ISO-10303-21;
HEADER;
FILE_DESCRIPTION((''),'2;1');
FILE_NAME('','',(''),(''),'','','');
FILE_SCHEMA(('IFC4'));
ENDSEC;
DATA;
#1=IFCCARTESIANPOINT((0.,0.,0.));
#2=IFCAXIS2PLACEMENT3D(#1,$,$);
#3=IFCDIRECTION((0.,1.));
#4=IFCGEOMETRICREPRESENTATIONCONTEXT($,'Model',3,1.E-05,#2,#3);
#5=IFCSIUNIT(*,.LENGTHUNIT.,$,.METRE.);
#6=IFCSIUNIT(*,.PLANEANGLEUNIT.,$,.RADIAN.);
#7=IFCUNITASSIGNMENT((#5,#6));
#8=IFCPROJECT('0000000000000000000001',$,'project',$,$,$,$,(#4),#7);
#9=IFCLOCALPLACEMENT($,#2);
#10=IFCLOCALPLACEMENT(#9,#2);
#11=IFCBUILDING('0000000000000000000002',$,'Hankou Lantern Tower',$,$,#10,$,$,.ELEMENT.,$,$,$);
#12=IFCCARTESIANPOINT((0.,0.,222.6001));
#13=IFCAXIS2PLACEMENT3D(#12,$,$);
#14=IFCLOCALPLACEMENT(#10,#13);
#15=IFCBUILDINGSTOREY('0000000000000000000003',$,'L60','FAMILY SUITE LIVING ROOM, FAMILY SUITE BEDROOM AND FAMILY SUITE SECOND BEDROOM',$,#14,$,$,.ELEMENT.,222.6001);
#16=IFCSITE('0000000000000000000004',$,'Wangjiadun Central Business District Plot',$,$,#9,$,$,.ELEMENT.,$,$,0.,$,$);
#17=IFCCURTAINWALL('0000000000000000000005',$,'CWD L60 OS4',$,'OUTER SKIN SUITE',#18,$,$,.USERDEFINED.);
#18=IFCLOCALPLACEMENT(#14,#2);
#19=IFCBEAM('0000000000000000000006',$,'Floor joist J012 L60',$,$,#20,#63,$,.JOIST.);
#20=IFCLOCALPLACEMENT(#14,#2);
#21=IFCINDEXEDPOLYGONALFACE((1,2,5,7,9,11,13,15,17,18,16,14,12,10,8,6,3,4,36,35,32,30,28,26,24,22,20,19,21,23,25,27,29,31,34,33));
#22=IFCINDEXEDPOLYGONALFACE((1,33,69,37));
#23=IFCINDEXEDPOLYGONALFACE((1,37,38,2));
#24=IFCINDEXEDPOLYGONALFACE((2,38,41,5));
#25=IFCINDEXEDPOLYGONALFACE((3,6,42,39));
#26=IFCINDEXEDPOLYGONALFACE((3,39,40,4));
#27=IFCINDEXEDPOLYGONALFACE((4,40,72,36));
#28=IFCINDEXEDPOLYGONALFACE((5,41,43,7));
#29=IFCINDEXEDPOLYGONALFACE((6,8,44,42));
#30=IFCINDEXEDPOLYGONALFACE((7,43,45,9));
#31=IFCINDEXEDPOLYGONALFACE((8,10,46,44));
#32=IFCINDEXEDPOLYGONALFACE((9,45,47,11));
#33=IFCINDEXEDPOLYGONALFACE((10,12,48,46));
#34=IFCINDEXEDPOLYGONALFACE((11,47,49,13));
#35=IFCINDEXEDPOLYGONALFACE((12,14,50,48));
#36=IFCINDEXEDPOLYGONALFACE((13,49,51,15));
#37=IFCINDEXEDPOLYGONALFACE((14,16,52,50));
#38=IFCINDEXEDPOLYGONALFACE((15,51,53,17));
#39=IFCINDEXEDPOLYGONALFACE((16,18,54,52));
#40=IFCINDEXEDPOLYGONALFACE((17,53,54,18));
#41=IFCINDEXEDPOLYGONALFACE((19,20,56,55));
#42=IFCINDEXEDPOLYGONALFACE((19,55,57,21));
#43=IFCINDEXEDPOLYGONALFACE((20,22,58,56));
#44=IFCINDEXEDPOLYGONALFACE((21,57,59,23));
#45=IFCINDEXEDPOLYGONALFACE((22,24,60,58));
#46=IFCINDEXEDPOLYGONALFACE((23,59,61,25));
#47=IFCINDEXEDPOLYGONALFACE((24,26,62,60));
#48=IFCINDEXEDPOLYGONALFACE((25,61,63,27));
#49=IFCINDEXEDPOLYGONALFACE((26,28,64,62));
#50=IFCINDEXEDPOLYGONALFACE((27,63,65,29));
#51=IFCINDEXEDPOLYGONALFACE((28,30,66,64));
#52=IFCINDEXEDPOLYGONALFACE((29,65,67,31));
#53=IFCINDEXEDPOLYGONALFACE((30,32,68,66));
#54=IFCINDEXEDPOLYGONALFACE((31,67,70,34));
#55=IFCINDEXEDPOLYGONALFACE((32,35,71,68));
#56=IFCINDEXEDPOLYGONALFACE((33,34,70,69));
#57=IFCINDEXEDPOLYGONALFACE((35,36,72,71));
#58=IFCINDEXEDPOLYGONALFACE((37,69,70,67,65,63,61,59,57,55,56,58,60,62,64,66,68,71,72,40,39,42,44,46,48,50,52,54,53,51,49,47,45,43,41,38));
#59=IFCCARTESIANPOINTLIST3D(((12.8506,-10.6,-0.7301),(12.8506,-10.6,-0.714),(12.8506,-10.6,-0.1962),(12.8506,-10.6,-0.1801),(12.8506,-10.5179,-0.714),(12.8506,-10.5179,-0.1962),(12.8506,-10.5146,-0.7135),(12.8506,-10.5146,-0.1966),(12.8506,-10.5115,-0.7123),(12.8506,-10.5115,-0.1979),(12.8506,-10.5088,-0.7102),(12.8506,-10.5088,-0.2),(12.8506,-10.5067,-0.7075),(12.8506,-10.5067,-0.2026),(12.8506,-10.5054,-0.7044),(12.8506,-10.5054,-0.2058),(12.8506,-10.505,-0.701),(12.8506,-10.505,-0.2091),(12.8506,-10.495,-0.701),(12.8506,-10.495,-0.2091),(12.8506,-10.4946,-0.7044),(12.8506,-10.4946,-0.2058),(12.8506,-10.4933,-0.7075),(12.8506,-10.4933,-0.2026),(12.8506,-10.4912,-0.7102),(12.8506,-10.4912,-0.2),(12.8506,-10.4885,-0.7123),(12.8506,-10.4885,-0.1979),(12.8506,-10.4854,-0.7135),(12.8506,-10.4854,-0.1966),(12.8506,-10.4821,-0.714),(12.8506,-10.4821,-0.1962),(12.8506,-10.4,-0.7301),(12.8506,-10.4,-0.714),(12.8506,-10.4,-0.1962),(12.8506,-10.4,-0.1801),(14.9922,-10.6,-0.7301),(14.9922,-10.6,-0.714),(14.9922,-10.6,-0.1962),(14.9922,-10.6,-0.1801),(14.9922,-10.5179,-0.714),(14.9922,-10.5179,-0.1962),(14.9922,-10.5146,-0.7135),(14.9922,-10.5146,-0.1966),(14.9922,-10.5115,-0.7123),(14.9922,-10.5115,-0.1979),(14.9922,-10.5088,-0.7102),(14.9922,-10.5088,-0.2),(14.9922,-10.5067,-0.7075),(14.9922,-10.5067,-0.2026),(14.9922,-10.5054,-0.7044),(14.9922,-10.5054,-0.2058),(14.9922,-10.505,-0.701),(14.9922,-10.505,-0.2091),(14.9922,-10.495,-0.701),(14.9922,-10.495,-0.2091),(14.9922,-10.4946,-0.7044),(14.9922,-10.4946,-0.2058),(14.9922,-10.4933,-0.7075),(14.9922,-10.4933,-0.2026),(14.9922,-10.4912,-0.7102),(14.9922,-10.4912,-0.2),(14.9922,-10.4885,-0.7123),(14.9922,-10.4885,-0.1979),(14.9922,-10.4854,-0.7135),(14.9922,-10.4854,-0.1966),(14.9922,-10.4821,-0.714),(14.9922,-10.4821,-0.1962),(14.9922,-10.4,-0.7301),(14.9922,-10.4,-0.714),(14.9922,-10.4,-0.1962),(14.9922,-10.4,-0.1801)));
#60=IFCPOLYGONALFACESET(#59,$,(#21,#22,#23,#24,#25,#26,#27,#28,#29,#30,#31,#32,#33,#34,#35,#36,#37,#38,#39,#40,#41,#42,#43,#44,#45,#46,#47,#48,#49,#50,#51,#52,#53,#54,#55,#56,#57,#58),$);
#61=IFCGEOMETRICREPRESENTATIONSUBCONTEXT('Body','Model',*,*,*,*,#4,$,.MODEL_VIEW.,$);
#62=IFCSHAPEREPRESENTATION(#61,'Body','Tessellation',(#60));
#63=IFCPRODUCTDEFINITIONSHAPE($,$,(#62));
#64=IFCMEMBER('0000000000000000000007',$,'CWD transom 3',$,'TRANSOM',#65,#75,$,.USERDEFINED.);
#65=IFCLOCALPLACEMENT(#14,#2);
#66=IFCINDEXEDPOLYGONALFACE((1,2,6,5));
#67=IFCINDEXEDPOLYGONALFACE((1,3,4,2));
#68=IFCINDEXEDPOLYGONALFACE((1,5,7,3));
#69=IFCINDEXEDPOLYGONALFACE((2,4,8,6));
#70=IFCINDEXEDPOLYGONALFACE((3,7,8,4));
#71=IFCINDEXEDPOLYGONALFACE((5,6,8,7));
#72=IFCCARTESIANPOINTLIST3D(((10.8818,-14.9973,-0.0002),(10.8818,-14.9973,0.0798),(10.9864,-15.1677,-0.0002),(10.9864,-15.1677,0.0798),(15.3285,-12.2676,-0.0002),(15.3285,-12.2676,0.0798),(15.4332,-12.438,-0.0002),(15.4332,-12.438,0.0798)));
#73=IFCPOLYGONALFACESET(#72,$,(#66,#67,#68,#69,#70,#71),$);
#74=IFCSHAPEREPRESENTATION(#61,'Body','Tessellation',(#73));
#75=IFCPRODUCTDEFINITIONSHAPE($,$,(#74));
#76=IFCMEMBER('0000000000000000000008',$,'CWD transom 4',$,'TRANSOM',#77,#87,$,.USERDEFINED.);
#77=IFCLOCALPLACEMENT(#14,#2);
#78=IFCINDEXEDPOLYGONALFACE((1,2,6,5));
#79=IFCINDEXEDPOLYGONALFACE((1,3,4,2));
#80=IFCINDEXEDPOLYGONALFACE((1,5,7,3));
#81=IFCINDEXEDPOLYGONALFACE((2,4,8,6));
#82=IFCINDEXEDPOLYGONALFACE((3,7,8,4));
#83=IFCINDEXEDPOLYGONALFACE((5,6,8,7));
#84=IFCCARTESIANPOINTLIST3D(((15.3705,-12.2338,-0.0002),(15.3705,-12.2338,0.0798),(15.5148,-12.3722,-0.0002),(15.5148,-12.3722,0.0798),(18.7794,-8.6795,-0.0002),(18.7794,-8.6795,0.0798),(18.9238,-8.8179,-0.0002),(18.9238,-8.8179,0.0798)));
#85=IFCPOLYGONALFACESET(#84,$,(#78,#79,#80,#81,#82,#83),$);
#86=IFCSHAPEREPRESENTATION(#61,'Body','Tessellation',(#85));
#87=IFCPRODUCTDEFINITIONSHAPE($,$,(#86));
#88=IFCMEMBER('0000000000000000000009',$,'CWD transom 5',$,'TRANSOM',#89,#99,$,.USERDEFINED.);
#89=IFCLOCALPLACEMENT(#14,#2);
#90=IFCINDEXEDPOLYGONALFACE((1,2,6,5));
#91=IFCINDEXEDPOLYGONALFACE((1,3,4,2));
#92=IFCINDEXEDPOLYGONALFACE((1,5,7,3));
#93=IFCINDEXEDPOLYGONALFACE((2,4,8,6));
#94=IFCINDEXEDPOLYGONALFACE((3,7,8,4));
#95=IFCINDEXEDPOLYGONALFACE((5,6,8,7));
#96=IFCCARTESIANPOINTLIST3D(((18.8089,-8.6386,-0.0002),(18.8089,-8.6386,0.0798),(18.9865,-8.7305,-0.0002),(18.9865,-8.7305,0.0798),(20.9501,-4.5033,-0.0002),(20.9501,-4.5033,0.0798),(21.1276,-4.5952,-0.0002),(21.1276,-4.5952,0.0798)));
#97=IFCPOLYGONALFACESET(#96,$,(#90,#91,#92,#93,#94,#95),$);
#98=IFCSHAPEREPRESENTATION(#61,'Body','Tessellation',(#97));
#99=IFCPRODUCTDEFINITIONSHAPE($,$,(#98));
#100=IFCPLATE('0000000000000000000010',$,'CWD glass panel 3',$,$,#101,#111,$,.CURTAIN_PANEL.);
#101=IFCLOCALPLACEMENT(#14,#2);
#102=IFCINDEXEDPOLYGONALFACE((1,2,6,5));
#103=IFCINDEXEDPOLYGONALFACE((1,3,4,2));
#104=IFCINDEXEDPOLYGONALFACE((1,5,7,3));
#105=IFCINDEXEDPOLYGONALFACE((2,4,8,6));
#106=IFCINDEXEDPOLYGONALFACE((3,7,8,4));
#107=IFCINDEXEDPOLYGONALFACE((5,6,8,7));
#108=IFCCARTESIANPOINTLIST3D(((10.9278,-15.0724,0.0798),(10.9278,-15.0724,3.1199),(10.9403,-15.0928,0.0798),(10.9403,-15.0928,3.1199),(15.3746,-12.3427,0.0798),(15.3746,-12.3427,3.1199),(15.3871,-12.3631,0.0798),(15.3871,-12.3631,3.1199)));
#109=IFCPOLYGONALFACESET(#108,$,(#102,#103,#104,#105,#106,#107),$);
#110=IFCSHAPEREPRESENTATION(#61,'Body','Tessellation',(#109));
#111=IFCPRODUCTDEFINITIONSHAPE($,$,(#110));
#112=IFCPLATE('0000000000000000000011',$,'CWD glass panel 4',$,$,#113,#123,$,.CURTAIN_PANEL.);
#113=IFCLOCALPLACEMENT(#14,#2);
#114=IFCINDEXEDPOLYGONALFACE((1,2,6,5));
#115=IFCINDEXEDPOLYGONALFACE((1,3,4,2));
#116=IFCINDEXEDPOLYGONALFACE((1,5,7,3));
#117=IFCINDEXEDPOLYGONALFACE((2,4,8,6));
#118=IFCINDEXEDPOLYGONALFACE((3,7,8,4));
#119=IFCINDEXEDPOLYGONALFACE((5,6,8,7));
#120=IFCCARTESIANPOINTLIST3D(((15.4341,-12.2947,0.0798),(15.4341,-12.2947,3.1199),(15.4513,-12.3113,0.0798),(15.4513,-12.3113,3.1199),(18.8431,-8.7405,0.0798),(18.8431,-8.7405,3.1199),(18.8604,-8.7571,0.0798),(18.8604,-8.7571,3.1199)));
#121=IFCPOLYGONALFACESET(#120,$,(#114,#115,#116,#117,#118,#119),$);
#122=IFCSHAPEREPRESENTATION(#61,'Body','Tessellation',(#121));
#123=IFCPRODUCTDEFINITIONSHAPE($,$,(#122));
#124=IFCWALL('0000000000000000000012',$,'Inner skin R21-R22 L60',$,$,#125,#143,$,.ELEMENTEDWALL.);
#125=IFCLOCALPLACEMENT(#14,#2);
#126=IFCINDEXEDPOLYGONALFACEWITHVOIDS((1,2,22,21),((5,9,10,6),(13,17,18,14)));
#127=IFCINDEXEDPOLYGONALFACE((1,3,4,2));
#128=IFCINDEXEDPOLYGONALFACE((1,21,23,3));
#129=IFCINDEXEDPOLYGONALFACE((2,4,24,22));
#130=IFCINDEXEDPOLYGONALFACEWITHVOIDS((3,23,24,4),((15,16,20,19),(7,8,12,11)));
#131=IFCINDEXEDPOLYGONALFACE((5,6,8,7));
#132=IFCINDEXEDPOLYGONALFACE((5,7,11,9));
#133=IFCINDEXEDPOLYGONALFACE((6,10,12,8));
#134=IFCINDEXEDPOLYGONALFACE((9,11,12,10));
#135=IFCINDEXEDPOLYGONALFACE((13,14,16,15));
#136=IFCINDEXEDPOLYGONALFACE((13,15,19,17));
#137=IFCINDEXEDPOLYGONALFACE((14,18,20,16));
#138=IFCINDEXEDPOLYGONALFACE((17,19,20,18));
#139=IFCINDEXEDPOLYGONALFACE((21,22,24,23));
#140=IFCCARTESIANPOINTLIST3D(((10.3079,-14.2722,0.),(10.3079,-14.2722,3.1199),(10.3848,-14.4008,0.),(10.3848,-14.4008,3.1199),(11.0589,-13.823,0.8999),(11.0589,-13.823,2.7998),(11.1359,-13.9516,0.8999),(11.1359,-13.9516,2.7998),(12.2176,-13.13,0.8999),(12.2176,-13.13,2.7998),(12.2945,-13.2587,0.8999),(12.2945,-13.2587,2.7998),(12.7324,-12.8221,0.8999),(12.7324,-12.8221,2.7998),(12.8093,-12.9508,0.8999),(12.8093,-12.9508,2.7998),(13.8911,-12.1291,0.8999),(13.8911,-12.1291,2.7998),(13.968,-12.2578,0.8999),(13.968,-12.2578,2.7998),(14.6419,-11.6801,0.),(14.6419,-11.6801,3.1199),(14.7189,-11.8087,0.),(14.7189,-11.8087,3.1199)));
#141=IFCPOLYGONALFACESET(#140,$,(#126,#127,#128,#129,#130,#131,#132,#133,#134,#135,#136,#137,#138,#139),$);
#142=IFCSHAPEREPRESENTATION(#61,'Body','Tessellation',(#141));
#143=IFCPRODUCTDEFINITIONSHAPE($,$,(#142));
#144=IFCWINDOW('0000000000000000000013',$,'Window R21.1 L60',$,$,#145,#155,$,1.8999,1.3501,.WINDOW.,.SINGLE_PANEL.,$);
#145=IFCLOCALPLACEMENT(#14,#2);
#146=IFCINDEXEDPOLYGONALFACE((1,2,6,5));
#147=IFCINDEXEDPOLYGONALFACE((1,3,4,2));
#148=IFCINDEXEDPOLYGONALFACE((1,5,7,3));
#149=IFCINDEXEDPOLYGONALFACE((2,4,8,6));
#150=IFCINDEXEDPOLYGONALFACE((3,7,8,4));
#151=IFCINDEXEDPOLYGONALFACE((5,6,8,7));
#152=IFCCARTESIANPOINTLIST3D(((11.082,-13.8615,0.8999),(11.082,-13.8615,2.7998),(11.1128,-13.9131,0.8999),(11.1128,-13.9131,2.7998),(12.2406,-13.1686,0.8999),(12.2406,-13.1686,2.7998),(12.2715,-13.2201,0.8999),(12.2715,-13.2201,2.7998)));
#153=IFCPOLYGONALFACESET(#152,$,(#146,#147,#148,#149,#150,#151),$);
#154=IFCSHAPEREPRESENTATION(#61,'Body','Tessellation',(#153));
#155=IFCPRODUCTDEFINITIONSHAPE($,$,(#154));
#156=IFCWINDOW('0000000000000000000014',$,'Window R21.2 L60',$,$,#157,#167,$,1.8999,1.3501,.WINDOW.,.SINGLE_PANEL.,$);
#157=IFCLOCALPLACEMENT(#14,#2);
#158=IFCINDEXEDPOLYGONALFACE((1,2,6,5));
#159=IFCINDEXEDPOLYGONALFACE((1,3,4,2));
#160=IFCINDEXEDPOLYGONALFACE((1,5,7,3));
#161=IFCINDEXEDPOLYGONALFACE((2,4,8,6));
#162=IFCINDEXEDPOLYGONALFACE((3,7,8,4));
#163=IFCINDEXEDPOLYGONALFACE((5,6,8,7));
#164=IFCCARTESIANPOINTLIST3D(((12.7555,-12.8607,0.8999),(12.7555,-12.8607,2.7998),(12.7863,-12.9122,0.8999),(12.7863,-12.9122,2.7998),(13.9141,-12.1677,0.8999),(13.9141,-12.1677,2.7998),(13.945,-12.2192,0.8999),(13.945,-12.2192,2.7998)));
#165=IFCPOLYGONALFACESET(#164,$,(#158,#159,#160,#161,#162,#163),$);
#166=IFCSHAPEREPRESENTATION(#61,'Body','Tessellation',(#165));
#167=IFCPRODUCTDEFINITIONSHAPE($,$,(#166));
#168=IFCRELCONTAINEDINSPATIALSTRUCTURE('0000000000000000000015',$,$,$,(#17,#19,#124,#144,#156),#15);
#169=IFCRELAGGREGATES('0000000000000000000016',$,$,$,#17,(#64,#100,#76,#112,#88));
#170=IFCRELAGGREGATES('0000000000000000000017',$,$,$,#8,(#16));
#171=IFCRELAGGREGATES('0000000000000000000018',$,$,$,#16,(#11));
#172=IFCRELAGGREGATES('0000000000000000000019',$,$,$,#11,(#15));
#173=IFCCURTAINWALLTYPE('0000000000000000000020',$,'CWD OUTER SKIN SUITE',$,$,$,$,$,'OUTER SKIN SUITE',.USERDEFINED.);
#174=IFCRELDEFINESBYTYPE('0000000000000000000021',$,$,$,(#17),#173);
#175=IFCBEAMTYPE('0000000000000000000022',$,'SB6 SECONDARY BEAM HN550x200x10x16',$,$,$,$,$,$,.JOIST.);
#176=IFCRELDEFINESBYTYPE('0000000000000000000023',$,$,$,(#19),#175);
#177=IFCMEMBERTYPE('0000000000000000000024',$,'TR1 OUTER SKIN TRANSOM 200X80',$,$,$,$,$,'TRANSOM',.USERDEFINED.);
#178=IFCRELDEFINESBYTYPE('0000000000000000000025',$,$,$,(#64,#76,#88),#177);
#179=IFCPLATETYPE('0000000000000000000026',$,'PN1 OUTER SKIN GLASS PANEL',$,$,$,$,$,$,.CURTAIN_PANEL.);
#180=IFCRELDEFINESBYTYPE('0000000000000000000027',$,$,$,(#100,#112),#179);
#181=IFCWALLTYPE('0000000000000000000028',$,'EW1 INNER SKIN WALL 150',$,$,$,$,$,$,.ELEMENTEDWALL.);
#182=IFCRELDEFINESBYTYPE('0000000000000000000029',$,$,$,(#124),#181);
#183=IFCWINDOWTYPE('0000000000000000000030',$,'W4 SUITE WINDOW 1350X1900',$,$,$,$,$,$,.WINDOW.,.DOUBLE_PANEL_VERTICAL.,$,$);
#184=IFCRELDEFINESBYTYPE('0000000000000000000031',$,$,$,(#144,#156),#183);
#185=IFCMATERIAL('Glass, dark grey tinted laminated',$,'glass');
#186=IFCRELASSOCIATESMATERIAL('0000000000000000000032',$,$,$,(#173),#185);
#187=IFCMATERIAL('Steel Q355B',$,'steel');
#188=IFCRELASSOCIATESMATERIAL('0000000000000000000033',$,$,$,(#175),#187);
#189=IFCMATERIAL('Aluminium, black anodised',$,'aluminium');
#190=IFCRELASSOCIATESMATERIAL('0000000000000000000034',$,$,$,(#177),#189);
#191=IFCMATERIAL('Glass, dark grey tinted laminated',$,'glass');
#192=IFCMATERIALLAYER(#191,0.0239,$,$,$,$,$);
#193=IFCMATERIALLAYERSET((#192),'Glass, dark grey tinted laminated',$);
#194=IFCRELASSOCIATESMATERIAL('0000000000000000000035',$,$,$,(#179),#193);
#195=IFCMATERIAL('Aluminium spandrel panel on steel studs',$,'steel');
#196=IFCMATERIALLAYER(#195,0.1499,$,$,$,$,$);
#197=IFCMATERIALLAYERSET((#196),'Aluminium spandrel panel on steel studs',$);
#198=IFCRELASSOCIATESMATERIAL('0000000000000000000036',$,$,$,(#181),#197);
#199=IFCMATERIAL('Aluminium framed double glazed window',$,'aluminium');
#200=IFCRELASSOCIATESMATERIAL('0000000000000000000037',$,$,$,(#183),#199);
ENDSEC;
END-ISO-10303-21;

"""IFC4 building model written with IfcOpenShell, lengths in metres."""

from ifc_helpers import new_model, si_unit, direction, frame, frame_2d, origin, origin_2d, place, context, subcontext, project, spatial, rectangle, i_section, extrude, material, layer, layer_set, material_profile, profile_set, type_object, element, fill, aggregate, save


model = new_model("IFC4")

# Units and contexts
model_context = context("Model", 3, precision=1e-05, world=origin(), true_north=direction((0.0, 1.0)))
body_context = subcontext(model_context, "Body", "Model", "MODEL_VIEW")
ifc_project = project(units=[si_unit("LENGTHUNIT", "METRE"), si_unit("PLANEANGLEUNIT", "RADIAN")], contexts=[model_context])

# Site, building, storey
site_placement = place(None, origin())
site = spatial("IfcSite", under=ifc_project, at=site_placement, Name="Wangjiadun Central Business District Plot", CompositionType="ELEMENT", RefElevation=0.0)
building_placement = place(site_placement, origin())
building = spatial("IfcBuilding", under=site, at=building_placement, Name="Hankou Lantern Tower", CompositionType="ELEMENT")
storey_placement = place(building_placement, frame((0.0, 0.0, 222.6001)))
storey = spatial("IfcBuildingStorey", under=building, at=storey_placement, Name="L60", Description="FAMILY SUITE LIVING ROOM, FAMILY SUITE BEDROOM AND FAMILY SUITE SECOND BEDROOM", CompositionType="ELEMENT", Elevation=222.6001)

# Curtain wall
ifc_material_1 = material(Name="Glass, dark grey tinted laminated", Category="glass")
curtain_wall_type = type_object("IfcCurtainWallType", Name="CWD OUTER SKIN SUITE", ElementType="OUTER SKIN SUITE", PredefinedType="USERDEFINED", material=ifc_material_1)
curtain_wall_placement = place(storey_placement, origin())
curtain_wall = element("IfcCurtainWall", 1, at=curtain_wall_placement, inside=storey, type_object=curtain_wall_type, Name="CWD L60 OS4", ObjectType="OUTER SKIN SUITE", PredefinedType="USERDEFINED")

# Beam
ifc_material_2 = material(Name="Steel Q355B", Category="steel")
ifc_material_profile_1 = material_profile(ifc_material_2, i_section(OverallWidth=0.2, OverallDepth=0.55, WebThickness=0.01, FlangeThickness=0.0161, FilletRadius=0.0129, at=origin_2d()), Name="HN550x200x10x16")
ifc_profile_set_1 = profile_set([ifc_material_profile_1], Name="Steel Q355B")
beam_type_1 = type_object("IfcBeamType", Name="SB6 SECONDARY BEAM HN550x200x10x16", PredefinedType="JOIST", material=ifc_profile_set_1)
beam_1_placement = place(storey_placement, frame((12.8506, -10.5, -0.4551), z_axis=(1.0, 0.0, 0.0), x_axis=(0.0, 1.0, 0.0)))
element("IfcBeam", 2, at=beam_1_placement, inside=storey, type_object=beam_type_1, Name="Floor joist J012 L60", PredefinedType="JOIST", context=body_context, shape_type="SweptSolid", body=[
    extrude(i_section(OverallWidth=0.2, OverallDepth=0.55, WebThickness=0.01, FlangeThickness=0.0161, FilletRadius=0.0129, at=origin_2d()), origin(), (0.0, 0.0, 1.0), 2.1416),
])

# Members
ifc_material_3 = material(Name="Aluminium, black anodised", Category="aluminium")
ifc_material_profile_2 = material_profile(ifc_material_3, rectangle(XDim=0.2, YDim=0.0801, at=origin_2d()), Name="TR1 200X80")
ifc_profile_set_2 = profile_set([ifc_material_profile_2], Name="Aluminium, black anodised")
member_type_1 = type_object("IfcMemberType", Name="TR1 OUTER SKIN TRANSOM 200X80", ElementType="TRANSOM", PredefinedType="USERDEFINED", material=ifc_profile_set_2)
member_1_placement = place(storey_placement, frame((10.9341, -15.0825, 0.0398), z_axis=(0.852235, 0.52316, 0.0), x_axis=(-0.52316, 0.852235, 0.0)))
member_1 = element("IfcMember", 3, at=member_1_placement, type_object=member_type_1, Name="CWD transom 3", ObjectType="TRANSOM", PredefinedType="USERDEFINED", context=body_context, shape_type="SweptSolid", body=[
    extrude(rectangle(XDim=0.2, YDim=0.0801, at=origin_2d()), origin(), (0.0, 0.0, 1.0), 5.2178),
])
member_2_placement = place(storey_placement, frame((15.4426, -12.303, 0.0398), z_axis=(0.692205, 0.721701, 0.0), x_axis=(-0.721701, 0.692205, 0.0)))
member_2 = element("IfcMember", 4, at=member_2_placement, type_object=member_type_1, Name="CWD transom 4", ObjectType="TRANSOM", PredefinedType="USERDEFINED", context=body_context, shape_type="SweptSolid", body=[
    extrude(rectangle(XDim=0.2, YDim=0.0801, at=origin_2d()), origin(), (0.0, 0.0, 1.0), 4.9248),
])
member_3_placement = place(storey_placement, frame((18.8977, -8.6846, 0.0398), z_axis=(0.459794, 0.888026, 0.0), x_axis=(-0.888026, 0.459794, 0.0)))
member_3 = element("IfcMember", 5, at=member_3_placement, type_object=member_type_1, Name="CWD transom 5", ObjectType="TRANSOM", PredefinedType="USERDEFINED", context=body_context, shape_type="SweptSolid", body=[
    extrude(rectangle(XDim=0.2, YDim=0.0801, at=origin_2d()), origin(), (0.0, 0.0, 1.0), 4.6567),
])

# Plates
ifc_material_4 = material(Name="Glass, dark grey tinted laminated", Category="glass")
ifc_layer_1 = layer(ifc_material_4, 0.0239)
ifc_layer_set_1 = layer_set([ifc_layer_1], Name="Glass, dark grey tinted laminated")
plate_type = type_object("IfcPlateType", Name="PN1 OUTER SKIN GLASS PANEL", PredefinedType="CURTAIN_PANEL", material=ifc_layer_set_1)
plate_1_placement = place(storey_placement, frame((13.1575, -13.7178, 0.0798), z_axis=(0.0, 0.0, 1.0), x_axis=(0.852237, 0.523156, 0.0)))
plate_1 = element("IfcPlate", 6, at=plate_1_placement, type_object=plate_type, Name="CWD glass panel 3", PredefinedType="CURTAIN_PANEL", context=body_context, shape_type="SweptSolid", body=[
    extrude(rectangle(XDim=5.2178, YDim=0.0239, at=origin_2d()), origin(), (0.0, 0.0, 1.0), 3.04),
])
plate_2_placement = place(storey_placement, frame((17.1472, -10.5259, 0.0798), z_axis=(0.0, 0.0, 1.0), x_axis=(0.692216, 0.721691, 0.0)))
plate_2 = element("IfcPlate", 7, at=plate_2_placement, type_object=plate_type, Name="CWD glass panel 4", PredefinedType="CURTAIN_PANEL", context=body_context, shape_type="SweptSolid", body=[
    extrude(rectangle(XDim=4.9248, YDim=0.0239, at=origin_2d()), origin(), (0.0, 0.0, 1.0), 3.04),
])
aggregate(curtain_wall, [member_1, plate_1, member_2, plate_2, member_3])

# Wall, openings, windows
ifc_material_5 = material(Name="Aluminium spandrel panel on steel studs", Category="steel")
ifc_layer_2 = layer(ifc_material_5, 0.1499)
ifc_layer_set_2 = layer_set([ifc_layer_2], Name="Aluminium spandrel panel on steel studs")
wall_type_1 = type_object("IfcWallType", Name="EW1 INNER SKIN WALL 150", PredefinedType="ELEMENTEDWALL", material=ifc_layer_set_2)
wall_1_placement = place(storey_placement, frame((10.3464, -14.3364, 0.0), z_axis=(0.0, 0.0, 1.0), x_axis=(0.858222, 0.51328, 0.0)))
wall_1 = element("IfcWall", 8, at=wall_1_placement, inside=storey, type_object=wall_type_1, Name="Inner skin R21-R22 L60", PredefinedType="ELEMENTEDWALL", context=body_context, shape_type="SweptSolid", body=[
    extrude(rectangle(XDim=5.05, YDim=0.1499, at=frame_2d((2.5249, 0.0))), origin(), (0.0, 0.0, 1.0), 3.1199),
])
opening_1_placement = place(wall_1_placement, frame((0.875, 0.0, 0.8999)))
opening_1 = element("IfcOpeningElement", 9, at=opening_1_placement, cuts=wall_1, PredefinedType="OPENING", context=body_context, shape_type="SweptSolid", body=[
    extrude(rectangle(XDim=1.3501, YDim=1.8999, at=frame_2d((0.675, 0.95))), frame((0.0, 0.085, 0.0), z_axis=(0.0, -1.0, 0.0), x_axis=(1.0, 0.0, 0.0)), (0.0, 0.0, 1.0), 0.1699),
])
opening_2_placement = place(wall_1_placement, frame((2.825, 0.0, 0.8999)))
opening_2 = element("IfcOpeningElement", 10, at=opening_2_placement, cuts=wall_1, PredefinedType="OPENING", context=body_context, shape_type="SweptSolid", body=[
    extrude(rectangle(XDim=1.3501, YDim=1.8999, at=frame_2d((0.675, 0.95))), frame((0.0, 0.085, 0.0), z_axis=(0.0, -1.0, 0.0), x_axis=(1.0, 0.0, 0.0)), (0.0, 0.0, 1.0), 0.1699),
])
ifc_material_6 = material(Name="Aluminium framed double glazed window", Category="aluminium")
window_type = type_object("IfcWindowType", Name="W4 SUITE WINDOW 1350X1900", PartitioningType="DOUBLE_PANEL_VERTICAL", PredefinedType="WINDOW", material=ifc_material_6)
window_1_placement = place(opening_1_placement, origin())
window_1 = element("IfcWindow", 11, at=window_1_placement, inside=storey, type_object=window_type, Name="Window R21.1 L60", OverallHeight=1.8999, OverallWidth=1.3501, PartitioningType="SINGLE_PANEL", PredefinedType="WINDOW", context=body_context, shape_type="SweptSolid", body=[
    extrude(rectangle(XDim=1.3501, YDim=1.8999, at=frame_2d((0.675, 0.95))), frame((0.0, 0.03, 0.0), z_axis=(0.0, -1.0, 0.0), x_axis=(1.0, 0.0, 0.0)), (0.0, 0.0, 1.0), 0.0601),
])
fill(opening_1, window_1)
window_2_placement = place(opening_2_placement, origin())
window_2 = element("IfcWindow", 12, at=window_2_placement, inside=storey, type_object=window_type, Name="Window R21.2 L60", OverallHeight=1.8999, OverallWidth=1.3501, PartitioningType="SINGLE_PANEL", PredefinedType="WINDOW", context=body_context, shape_type="SweptSolid", body=[
    extrude(rectangle(XDim=1.3501, YDim=1.8999, at=frame_2d((0.675, 0.95))), frame((0.0, 0.03, 0.0), z_axis=(0.0, -1.0, 0.0), x_axis=(1.0, 0.0, 0.0)), (0.0, 0.0, 1.0), 0.0601),
])
fill(opening_2, window_2)

save(model, "model.ifc")
